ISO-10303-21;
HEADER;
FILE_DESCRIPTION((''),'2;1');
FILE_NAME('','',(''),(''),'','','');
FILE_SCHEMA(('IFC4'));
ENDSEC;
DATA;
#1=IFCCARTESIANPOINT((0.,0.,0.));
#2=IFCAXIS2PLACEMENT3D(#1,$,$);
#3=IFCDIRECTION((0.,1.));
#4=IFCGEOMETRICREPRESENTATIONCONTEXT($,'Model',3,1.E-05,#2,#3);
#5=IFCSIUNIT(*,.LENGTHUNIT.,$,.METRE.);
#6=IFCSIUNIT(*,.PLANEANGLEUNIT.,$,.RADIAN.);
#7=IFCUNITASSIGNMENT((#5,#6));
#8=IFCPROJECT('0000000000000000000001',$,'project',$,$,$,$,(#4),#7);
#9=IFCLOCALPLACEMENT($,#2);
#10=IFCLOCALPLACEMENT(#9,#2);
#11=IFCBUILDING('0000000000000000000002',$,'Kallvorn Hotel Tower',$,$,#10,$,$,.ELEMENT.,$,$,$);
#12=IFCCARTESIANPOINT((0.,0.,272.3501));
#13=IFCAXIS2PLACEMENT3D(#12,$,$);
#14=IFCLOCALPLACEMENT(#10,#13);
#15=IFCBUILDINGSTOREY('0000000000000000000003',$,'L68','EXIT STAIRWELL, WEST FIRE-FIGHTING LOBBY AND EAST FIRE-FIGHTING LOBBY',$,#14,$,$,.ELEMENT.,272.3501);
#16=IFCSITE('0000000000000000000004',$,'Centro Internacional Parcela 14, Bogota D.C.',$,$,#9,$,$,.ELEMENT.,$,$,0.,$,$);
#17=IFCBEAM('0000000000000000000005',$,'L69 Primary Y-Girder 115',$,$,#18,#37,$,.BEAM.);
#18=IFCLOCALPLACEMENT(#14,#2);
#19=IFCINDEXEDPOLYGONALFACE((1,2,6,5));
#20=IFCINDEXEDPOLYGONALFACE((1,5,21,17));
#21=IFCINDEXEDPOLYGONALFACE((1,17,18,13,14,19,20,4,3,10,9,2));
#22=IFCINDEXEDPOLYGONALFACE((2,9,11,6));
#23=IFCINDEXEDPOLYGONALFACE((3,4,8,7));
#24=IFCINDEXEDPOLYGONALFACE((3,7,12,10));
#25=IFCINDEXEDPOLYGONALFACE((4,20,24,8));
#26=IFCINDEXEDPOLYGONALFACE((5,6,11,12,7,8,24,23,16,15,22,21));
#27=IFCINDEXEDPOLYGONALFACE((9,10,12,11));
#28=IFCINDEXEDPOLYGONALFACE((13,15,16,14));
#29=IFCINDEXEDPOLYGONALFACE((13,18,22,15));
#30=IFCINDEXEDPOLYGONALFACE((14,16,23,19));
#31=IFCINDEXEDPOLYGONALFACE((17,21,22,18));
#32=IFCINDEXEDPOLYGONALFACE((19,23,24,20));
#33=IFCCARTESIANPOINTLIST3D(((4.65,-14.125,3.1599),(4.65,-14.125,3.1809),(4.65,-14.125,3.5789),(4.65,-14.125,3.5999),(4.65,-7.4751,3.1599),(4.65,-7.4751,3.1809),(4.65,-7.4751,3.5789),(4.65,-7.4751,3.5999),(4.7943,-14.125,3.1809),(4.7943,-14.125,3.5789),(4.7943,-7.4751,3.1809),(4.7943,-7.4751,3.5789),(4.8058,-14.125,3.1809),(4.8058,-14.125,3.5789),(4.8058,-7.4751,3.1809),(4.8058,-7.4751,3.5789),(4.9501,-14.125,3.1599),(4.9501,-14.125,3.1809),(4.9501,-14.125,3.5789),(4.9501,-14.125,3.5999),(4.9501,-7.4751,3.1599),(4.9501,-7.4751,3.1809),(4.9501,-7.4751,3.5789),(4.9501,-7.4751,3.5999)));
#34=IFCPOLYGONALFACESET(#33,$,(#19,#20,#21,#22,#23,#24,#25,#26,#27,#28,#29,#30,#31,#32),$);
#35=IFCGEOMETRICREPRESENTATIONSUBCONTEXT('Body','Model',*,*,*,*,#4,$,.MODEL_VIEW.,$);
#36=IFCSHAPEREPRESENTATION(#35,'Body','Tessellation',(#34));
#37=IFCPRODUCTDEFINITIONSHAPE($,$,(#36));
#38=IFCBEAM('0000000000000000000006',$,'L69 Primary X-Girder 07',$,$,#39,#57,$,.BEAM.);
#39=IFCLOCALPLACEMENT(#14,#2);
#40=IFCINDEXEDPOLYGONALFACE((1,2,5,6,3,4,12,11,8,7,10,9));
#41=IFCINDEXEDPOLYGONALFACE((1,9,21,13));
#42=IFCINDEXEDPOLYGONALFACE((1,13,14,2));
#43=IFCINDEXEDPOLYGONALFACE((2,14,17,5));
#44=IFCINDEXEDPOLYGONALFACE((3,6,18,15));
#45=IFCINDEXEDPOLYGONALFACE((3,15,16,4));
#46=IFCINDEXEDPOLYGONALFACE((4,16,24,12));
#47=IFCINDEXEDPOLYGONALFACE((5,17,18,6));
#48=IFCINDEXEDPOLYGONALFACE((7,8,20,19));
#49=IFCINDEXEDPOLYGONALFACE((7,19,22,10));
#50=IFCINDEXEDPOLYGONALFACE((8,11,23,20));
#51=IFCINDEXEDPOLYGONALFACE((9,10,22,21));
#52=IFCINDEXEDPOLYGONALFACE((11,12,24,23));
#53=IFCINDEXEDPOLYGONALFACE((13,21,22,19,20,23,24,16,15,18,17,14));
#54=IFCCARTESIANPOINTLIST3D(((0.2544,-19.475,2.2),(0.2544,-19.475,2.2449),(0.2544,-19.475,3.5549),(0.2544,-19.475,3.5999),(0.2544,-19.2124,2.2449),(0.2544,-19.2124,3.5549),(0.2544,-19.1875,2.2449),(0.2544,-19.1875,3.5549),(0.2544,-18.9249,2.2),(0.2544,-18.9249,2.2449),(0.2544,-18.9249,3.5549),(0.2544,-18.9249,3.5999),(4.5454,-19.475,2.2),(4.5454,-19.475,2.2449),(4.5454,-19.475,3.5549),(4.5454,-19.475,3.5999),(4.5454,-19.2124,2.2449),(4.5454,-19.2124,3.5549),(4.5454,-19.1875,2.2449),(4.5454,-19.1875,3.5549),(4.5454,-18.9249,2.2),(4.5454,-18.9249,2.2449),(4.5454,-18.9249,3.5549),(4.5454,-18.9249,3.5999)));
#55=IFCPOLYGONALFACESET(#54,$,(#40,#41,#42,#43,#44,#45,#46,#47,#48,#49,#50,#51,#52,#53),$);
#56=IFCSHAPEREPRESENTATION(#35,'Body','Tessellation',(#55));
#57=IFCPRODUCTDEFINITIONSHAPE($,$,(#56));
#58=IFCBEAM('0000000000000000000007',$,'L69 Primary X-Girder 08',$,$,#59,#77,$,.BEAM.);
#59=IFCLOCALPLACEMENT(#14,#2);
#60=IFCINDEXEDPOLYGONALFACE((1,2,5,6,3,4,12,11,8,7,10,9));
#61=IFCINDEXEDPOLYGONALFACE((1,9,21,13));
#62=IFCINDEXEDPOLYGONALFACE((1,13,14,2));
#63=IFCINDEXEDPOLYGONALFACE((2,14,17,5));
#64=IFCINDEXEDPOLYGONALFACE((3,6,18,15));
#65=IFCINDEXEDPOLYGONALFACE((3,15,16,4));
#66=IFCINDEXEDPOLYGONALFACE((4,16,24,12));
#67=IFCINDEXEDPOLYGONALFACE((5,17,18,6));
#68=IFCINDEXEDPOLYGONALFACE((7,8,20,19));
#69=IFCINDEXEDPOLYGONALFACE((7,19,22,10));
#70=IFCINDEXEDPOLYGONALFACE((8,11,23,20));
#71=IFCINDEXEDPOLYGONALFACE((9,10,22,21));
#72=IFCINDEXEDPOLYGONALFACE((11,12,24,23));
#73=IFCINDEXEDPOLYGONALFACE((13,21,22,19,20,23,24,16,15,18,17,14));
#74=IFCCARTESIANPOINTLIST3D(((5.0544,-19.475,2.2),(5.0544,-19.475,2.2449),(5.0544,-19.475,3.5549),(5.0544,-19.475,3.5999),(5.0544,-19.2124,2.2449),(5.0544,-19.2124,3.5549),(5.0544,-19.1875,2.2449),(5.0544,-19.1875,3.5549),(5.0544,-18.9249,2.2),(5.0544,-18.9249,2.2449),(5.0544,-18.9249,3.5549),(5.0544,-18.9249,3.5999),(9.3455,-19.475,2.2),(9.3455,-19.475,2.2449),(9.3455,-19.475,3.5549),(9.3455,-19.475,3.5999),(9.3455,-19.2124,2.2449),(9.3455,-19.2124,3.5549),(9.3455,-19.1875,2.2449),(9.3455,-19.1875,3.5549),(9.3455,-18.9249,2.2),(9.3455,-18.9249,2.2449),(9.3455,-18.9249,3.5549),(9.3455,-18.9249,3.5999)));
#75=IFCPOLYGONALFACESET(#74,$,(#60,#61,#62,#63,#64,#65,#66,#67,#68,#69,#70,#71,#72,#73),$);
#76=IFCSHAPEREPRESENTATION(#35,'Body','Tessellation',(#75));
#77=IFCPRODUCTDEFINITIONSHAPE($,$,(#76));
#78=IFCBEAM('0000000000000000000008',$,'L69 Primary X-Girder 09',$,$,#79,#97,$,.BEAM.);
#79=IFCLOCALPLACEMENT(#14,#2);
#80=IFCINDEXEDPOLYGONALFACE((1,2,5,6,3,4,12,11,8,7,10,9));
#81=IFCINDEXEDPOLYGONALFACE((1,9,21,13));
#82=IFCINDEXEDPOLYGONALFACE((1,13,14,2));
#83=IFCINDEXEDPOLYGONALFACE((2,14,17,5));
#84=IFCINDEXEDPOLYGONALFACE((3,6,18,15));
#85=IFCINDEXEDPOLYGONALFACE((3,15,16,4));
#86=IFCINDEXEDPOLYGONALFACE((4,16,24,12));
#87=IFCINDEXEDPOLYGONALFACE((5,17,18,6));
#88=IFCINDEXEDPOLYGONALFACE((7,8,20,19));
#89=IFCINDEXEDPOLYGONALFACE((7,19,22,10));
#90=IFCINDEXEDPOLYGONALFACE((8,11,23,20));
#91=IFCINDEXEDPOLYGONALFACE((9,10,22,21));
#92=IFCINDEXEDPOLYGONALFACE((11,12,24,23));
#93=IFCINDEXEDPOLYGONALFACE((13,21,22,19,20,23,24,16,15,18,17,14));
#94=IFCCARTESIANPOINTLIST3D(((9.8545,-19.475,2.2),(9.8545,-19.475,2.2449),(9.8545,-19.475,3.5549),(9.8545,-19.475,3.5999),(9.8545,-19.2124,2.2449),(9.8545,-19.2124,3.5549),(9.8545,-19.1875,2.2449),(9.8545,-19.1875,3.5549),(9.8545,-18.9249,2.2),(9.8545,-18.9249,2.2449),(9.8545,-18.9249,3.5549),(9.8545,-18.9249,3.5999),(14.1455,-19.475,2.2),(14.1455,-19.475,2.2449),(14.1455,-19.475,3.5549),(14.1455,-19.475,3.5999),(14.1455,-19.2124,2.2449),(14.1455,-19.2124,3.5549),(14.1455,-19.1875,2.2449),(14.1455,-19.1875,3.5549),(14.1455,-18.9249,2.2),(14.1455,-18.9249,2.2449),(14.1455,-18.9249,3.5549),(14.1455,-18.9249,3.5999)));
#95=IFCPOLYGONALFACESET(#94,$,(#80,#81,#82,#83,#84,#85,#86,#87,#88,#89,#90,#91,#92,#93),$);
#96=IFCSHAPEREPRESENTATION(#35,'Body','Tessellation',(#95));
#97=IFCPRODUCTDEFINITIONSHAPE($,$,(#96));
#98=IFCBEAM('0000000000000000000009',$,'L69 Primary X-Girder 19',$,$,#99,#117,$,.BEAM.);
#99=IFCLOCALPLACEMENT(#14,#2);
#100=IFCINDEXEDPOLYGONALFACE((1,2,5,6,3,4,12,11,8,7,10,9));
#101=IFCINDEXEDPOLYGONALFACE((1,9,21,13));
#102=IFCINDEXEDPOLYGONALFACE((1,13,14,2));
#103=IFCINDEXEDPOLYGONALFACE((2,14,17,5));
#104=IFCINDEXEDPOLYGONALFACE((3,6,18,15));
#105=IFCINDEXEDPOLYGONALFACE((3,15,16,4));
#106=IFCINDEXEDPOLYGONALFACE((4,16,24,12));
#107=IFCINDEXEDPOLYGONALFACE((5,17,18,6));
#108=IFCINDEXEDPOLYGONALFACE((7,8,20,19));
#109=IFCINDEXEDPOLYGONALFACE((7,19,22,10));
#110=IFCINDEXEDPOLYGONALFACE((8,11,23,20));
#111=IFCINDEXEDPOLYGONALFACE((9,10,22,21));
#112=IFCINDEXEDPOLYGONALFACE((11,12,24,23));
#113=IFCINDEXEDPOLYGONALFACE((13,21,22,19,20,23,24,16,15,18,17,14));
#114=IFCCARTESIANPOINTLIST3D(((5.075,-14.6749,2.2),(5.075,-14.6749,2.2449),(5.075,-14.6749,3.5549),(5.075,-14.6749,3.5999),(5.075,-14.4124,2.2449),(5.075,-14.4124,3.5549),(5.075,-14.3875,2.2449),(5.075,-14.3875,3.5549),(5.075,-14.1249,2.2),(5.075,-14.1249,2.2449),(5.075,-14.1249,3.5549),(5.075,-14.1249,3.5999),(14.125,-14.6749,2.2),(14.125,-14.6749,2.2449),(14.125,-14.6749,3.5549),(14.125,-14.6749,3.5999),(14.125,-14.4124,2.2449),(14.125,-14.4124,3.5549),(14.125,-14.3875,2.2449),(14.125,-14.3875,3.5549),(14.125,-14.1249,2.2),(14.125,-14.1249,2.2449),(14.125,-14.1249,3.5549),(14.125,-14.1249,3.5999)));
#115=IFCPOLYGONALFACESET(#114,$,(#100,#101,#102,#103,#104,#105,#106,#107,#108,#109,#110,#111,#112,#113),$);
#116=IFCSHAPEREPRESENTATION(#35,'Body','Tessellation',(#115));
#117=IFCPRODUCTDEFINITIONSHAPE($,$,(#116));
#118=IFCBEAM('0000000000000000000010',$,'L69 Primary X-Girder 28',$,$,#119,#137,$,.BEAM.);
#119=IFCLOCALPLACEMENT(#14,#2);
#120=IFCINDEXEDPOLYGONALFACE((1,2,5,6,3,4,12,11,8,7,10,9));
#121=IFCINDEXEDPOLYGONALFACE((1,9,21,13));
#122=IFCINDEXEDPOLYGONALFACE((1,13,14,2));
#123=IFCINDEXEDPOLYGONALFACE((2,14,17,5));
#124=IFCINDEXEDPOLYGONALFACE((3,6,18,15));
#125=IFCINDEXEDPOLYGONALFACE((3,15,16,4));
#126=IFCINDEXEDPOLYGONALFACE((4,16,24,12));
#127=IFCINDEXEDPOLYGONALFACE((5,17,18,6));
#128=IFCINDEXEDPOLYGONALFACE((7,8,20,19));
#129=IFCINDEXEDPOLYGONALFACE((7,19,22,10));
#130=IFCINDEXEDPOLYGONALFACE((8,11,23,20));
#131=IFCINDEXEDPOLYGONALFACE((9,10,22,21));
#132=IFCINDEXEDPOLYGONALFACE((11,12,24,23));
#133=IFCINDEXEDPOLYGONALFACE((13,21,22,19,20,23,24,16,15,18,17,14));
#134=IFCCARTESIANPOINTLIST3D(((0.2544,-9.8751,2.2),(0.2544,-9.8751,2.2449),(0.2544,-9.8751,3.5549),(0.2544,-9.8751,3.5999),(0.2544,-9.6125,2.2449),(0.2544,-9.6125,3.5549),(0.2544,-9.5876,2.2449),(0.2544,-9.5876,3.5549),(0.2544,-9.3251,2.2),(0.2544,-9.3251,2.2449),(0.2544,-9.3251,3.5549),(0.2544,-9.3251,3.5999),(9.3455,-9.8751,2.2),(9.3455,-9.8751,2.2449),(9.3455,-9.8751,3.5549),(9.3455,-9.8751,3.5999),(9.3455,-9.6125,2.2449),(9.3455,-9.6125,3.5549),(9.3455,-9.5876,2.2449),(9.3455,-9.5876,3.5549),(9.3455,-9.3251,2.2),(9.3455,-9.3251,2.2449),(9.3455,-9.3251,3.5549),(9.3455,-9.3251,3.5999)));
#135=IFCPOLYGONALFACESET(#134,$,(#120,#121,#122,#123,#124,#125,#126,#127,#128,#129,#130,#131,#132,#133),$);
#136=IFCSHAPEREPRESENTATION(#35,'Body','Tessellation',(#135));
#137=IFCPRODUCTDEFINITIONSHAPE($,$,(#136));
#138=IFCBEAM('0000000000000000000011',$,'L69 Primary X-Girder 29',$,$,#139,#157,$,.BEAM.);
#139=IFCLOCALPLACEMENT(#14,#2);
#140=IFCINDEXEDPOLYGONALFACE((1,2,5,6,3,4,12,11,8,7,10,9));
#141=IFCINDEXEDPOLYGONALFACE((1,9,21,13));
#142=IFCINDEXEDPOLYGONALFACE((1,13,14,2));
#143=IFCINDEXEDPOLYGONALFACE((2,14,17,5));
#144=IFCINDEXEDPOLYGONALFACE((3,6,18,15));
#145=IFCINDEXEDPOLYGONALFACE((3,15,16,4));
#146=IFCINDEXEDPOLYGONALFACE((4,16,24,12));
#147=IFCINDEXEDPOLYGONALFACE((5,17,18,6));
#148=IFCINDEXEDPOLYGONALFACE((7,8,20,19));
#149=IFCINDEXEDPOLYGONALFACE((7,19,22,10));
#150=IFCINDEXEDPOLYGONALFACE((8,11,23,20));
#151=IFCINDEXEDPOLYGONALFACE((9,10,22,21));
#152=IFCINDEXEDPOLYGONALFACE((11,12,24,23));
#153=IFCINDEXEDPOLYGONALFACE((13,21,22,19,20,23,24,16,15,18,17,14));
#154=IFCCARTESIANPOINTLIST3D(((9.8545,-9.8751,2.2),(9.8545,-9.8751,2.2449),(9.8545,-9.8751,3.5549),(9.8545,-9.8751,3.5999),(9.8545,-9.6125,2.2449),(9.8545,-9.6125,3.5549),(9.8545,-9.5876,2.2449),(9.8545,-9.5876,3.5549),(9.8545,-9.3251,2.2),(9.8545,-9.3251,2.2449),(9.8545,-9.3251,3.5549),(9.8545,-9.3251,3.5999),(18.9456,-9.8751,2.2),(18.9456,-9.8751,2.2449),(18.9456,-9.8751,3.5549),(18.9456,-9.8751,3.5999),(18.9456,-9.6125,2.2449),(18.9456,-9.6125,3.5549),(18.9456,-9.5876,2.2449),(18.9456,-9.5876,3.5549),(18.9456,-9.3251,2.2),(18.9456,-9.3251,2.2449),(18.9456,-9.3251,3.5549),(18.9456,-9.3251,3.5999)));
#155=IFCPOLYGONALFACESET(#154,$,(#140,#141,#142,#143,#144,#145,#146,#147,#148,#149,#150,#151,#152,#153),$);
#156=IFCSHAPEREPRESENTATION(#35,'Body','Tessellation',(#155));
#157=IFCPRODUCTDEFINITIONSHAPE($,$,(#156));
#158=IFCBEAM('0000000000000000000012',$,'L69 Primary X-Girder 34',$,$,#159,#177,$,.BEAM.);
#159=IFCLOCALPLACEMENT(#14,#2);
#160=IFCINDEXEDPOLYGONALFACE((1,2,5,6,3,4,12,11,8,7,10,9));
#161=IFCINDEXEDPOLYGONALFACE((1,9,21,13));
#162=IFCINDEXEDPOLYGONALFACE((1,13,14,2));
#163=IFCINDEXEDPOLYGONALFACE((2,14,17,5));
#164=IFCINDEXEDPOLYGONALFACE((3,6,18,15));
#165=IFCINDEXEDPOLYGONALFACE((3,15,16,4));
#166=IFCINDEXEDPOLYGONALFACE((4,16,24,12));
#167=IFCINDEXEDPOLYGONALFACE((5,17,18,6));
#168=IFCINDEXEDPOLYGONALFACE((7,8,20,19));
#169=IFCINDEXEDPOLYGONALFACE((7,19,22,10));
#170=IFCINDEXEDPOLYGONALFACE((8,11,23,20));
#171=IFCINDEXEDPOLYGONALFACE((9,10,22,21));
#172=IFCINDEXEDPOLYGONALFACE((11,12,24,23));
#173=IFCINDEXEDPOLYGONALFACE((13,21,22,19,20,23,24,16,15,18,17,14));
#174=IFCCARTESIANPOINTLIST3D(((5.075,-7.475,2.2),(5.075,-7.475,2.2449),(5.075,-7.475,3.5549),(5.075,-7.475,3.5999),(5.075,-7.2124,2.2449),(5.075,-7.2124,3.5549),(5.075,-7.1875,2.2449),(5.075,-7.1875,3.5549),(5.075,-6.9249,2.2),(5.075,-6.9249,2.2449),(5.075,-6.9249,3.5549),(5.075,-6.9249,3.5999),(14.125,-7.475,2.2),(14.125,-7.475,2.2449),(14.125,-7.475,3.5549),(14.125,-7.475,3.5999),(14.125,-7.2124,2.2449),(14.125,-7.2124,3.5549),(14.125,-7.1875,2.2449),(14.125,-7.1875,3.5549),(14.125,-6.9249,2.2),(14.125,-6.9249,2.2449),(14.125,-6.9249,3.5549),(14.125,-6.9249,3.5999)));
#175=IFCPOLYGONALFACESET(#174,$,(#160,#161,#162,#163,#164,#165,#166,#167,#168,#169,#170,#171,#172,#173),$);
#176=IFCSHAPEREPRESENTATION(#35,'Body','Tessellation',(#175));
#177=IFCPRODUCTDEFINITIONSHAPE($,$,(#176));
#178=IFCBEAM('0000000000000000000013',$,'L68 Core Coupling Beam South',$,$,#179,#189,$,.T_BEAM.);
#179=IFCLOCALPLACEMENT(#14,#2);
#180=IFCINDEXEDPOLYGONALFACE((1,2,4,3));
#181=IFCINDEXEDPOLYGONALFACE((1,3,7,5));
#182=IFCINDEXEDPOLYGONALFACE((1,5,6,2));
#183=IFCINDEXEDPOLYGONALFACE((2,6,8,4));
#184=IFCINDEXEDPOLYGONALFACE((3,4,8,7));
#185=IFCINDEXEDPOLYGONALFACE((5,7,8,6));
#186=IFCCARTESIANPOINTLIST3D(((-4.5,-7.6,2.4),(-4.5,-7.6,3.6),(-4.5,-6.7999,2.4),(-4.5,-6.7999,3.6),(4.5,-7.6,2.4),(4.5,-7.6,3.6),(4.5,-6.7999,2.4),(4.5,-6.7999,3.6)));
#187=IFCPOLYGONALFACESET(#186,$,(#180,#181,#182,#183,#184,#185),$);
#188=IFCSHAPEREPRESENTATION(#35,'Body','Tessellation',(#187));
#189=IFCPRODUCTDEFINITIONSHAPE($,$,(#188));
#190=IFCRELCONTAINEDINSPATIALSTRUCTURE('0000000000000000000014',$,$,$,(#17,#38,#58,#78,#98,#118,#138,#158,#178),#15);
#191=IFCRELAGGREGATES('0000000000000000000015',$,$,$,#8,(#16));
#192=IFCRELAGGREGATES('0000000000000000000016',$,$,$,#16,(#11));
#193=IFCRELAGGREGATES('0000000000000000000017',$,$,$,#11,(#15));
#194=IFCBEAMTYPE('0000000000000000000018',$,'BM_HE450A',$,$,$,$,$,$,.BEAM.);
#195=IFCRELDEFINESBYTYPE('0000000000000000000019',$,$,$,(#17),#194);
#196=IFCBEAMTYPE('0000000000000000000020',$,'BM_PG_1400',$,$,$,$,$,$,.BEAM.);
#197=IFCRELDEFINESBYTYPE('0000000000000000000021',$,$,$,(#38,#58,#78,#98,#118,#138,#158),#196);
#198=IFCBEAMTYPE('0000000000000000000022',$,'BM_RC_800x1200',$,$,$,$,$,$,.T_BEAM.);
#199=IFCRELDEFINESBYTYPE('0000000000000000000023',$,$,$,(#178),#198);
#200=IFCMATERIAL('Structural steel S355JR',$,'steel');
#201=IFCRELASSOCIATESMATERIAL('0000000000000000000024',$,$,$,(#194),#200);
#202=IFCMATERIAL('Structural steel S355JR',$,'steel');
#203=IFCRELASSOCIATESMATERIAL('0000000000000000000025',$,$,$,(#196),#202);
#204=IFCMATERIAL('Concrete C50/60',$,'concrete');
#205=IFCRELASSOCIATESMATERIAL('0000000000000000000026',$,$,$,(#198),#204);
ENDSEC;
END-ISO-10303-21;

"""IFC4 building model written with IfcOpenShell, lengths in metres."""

from ifc_helpers import new_model, si_unit, direction, frame, origin, origin_2d, place, context, subcontext, project, spatial, rectangle, i_section, extrude, material, material_profile, profile_set, type_object, element, save


model = new_model("IFC4")

# Units and contexts
model_context = context("Model", 3, precision=1e-05, world=origin(), true_north=direction((0.0, 1.0)))
body_context = subcontext(model_context, "Body", "Model", "MODEL_VIEW")
ifc_project = project(units=[si_unit("LENGTHUNIT", "METRE"), si_unit("PLANEANGLEUNIT", "RADIAN")], contexts=[model_context])

# Site, building, storey
site_placement = place(None, origin())
site = spatial("IfcSite", under=ifc_project, at=site_placement, Name="Centro Internacional Parcela 14, Bogota D.C.", CompositionType="ELEMENT", RefElevation=0.0)
building_placement = place(site_placement, origin())
building = spatial("IfcBuilding", under=site, at=building_placement, Name="Kallvorn Hotel Tower", CompositionType="ELEMENT")
storey_placement = place(building_placement, frame((0.0, 0.0, 272.3501)))
storey = spatial("IfcBuildingStorey", under=building, at=storey_placement, Name="L68", Description="EXIT STAIRWELL, WEST FIRE-FIGHTING LOBBY AND EAST FIRE-FIGHTING LOBBY", CompositionType="ELEMENT", Elevation=272.3501)

# Beams
ifc_material_1 = material(Name="Structural steel S355JR", Category="steel")
ifc_material_profile_1 = material_profile(ifc_material_1, i_section(OverallWidth=0.3, OverallDepth=0.4399, WebThickness=0.0115, FlangeThickness=0.021, at=origin_2d()), Name="HE 450 A")
ifc_profile_set_1 = profile_set([ifc_material_profile_1], Name="Structural steel S355JR")
beam_type_1 = type_object("IfcBeamType", Name="BM_HE450A", PredefinedType="BEAM", material=ifc_profile_set_1)
beam_1_placement = place(storey_placement, frame((4.8, -14.125, 3.3799), z_axis=(0.0, 1.0, 0.0), x_axis=(-1.0, 0.0, 0.0)))
element("IfcBeam", 1, at=beam_1_placement, inside=storey, type_object=beam_type_1, Name="L69 Primary Y-Girder 115", PredefinedType="BEAM", context=body_context, shape_type="SweptSolid", body=[
    extrude(i_section(OverallWidth=0.3, OverallDepth=0.4399, WebThickness=0.0115, FlangeThickness=0.021, at=origin_2d()), origin(), (0.0, 0.0, 1.0), 6.6499),
])
ifc_material_2 = material(Name="Structural steel S355JR", Category="steel")
ifc_material_profile_2 = material_profile(ifc_material_2, i_section(OverallWidth=0.55, OverallDepth=1.3999, WebThickness=0.0249, FlangeThickness=0.0449, at=origin_2d()), Name="PG 1400x550x25x45")
ifc_profile_set_2 = profile_set([ifc_material_profile_2], Name="Structural steel S355JR")
beam_type_2 = type_object("IfcBeamType", Name="BM_PG_1400", PredefinedType="BEAM", material=ifc_profile_set_2)
for number, where, z_axis, x_axis, name in (
    (2, (0.2544, -19.2, 2.8999), (1.0, 0.0, 0.0), (0.0, 1.0, 0.0), "L69 Primary X-Girder 07"),
    (3, (5.0544, -19.2, 2.8999), (1.0, 0.0, 0.0), (0.0, 1.0, 0.0), "L69 Primary X-Girder 08"),
    (4, (9.8545, -19.2, 2.8999), (1.0, 0.0, 0.0), (0.0, 1.0, 0.0), "L69 Primary X-Girder 09"),
):
    element("IfcBeam", number, at=place(storey_placement, frame(where, z_axis=z_axis, x_axis=x_axis)), inside=storey, type_object=beam_type_2, Name=name, PredefinedType="BEAM", context=body_context, shape_type="SweptSolid", body=[
        extrude(i_section(OverallWidth=0.55, OverallDepth=1.3999, WebThickness=0.0249, FlangeThickness=0.0449, at=origin_2d()), origin(), (0.0, 0.0, 1.0), 4.291),
    ])
beam_2_placement = place(storey_placement, frame((5.075, -14.3999, 2.8999), z_axis=(1.0, 0.0, 0.0), x_axis=(0.0, 1.0, 0.0)))
element("IfcBeam", 5, at=beam_2_placement, inside=storey, type_object=beam_type_2, Name="L69 Primary X-Girder 19", PredefinedType="BEAM", context=body_context, shape_type="SweptSolid", body=[
    extrude(i_section(OverallWidth=0.55, OverallDepth=1.3999, WebThickness=0.0249, FlangeThickness=0.0449, at=origin_2d()), origin(), (0.0, 0.0, 1.0), 9.05),
])
for number, where, z_axis, x_axis, name in (
    (6, (0.2544, -9.6001, 2.8999), (1.0, 0.0, 0.0), (0.0, 1.0, 0.0), "L69 Primary X-Girder 28"),
    (7, (9.8545, -9.6001, 2.8999), (1.0, 0.0, 0.0), (0.0, 1.0, 0.0), "L69 Primary X-Girder 29"),
):
    element("IfcBeam", number, at=place(storey_placement, frame(where, z_axis=z_axis, x_axis=x_axis)), inside=storey, type_object=beam_type_2, Name=name, PredefinedType="BEAM", context=body_context, shape_type="SweptSolid", body=[
        extrude(i_section(OverallWidth=0.55, OverallDepth=1.3999, WebThickness=0.0249, FlangeThickness=0.0449, at=origin_2d()), origin(), (0.0, 0.0, 1.0), 9.0911),
    ])
beam_3_placement = place(storey_placement, frame((5.075, -7.2, 2.8999), z_axis=(1.0, 0.0, 0.0), x_axis=(0.0, 1.0, 0.0)))
element("IfcBeam", 8, at=beam_3_placement, inside=storey, type_object=beam_type_2, Name="L69 Primary X-Girder 34", PredefinedType="BEAM", context=body_context, shape_type="SweptSolid", body=[
    extrude(i_section(OverallWidth=0.55, OverallDepth=1.3999, WebThickness=0.0249, FlangeThickness=0.0449, at=origin_2d()), origin(), (0.0, 0.0, 1.0), 9.05),
])
ifc_material_3 = material(Name="Concrete C50/60", Category="concrete")
ifc_material_profile_3 = material_profile(ifc_material_3, rectangle(XDim=0.8, YDim=1.2, at=origin_2d()), Name="RC 800x1200")
ifc_profile_set_3 = profile_set([ifc_material_profile_3], Name="Concrete C50/60")
beam_type_3 = type_object("IfcBeamType", Name="BM_RC_800x1200", PredefinedType="T_BEAM", material=ifc_profile_set_3)
beam_4_placement = place(storey_placement, frame((-4.5, -7.2, 3.0), z_axis=(1.0, 0.0, 0.0), x_axis=(0.0, 1.0, 0.0)))
element("IfcBeam", 9, at=beam_4_placement, inside=storey, type_object=beam_type_3, Name="L68 Core Coupling Beam South", PredefinedType="T_BEAM", context=body_context, shape_type="SweptSolid", body=[
    extrude(rectangle(XDim=0.8, YDim=1.2, at=origin_2d()), origin(), (0.0, 0.0, 1.0), 9.0),
])

save(model, "model.ifc")
